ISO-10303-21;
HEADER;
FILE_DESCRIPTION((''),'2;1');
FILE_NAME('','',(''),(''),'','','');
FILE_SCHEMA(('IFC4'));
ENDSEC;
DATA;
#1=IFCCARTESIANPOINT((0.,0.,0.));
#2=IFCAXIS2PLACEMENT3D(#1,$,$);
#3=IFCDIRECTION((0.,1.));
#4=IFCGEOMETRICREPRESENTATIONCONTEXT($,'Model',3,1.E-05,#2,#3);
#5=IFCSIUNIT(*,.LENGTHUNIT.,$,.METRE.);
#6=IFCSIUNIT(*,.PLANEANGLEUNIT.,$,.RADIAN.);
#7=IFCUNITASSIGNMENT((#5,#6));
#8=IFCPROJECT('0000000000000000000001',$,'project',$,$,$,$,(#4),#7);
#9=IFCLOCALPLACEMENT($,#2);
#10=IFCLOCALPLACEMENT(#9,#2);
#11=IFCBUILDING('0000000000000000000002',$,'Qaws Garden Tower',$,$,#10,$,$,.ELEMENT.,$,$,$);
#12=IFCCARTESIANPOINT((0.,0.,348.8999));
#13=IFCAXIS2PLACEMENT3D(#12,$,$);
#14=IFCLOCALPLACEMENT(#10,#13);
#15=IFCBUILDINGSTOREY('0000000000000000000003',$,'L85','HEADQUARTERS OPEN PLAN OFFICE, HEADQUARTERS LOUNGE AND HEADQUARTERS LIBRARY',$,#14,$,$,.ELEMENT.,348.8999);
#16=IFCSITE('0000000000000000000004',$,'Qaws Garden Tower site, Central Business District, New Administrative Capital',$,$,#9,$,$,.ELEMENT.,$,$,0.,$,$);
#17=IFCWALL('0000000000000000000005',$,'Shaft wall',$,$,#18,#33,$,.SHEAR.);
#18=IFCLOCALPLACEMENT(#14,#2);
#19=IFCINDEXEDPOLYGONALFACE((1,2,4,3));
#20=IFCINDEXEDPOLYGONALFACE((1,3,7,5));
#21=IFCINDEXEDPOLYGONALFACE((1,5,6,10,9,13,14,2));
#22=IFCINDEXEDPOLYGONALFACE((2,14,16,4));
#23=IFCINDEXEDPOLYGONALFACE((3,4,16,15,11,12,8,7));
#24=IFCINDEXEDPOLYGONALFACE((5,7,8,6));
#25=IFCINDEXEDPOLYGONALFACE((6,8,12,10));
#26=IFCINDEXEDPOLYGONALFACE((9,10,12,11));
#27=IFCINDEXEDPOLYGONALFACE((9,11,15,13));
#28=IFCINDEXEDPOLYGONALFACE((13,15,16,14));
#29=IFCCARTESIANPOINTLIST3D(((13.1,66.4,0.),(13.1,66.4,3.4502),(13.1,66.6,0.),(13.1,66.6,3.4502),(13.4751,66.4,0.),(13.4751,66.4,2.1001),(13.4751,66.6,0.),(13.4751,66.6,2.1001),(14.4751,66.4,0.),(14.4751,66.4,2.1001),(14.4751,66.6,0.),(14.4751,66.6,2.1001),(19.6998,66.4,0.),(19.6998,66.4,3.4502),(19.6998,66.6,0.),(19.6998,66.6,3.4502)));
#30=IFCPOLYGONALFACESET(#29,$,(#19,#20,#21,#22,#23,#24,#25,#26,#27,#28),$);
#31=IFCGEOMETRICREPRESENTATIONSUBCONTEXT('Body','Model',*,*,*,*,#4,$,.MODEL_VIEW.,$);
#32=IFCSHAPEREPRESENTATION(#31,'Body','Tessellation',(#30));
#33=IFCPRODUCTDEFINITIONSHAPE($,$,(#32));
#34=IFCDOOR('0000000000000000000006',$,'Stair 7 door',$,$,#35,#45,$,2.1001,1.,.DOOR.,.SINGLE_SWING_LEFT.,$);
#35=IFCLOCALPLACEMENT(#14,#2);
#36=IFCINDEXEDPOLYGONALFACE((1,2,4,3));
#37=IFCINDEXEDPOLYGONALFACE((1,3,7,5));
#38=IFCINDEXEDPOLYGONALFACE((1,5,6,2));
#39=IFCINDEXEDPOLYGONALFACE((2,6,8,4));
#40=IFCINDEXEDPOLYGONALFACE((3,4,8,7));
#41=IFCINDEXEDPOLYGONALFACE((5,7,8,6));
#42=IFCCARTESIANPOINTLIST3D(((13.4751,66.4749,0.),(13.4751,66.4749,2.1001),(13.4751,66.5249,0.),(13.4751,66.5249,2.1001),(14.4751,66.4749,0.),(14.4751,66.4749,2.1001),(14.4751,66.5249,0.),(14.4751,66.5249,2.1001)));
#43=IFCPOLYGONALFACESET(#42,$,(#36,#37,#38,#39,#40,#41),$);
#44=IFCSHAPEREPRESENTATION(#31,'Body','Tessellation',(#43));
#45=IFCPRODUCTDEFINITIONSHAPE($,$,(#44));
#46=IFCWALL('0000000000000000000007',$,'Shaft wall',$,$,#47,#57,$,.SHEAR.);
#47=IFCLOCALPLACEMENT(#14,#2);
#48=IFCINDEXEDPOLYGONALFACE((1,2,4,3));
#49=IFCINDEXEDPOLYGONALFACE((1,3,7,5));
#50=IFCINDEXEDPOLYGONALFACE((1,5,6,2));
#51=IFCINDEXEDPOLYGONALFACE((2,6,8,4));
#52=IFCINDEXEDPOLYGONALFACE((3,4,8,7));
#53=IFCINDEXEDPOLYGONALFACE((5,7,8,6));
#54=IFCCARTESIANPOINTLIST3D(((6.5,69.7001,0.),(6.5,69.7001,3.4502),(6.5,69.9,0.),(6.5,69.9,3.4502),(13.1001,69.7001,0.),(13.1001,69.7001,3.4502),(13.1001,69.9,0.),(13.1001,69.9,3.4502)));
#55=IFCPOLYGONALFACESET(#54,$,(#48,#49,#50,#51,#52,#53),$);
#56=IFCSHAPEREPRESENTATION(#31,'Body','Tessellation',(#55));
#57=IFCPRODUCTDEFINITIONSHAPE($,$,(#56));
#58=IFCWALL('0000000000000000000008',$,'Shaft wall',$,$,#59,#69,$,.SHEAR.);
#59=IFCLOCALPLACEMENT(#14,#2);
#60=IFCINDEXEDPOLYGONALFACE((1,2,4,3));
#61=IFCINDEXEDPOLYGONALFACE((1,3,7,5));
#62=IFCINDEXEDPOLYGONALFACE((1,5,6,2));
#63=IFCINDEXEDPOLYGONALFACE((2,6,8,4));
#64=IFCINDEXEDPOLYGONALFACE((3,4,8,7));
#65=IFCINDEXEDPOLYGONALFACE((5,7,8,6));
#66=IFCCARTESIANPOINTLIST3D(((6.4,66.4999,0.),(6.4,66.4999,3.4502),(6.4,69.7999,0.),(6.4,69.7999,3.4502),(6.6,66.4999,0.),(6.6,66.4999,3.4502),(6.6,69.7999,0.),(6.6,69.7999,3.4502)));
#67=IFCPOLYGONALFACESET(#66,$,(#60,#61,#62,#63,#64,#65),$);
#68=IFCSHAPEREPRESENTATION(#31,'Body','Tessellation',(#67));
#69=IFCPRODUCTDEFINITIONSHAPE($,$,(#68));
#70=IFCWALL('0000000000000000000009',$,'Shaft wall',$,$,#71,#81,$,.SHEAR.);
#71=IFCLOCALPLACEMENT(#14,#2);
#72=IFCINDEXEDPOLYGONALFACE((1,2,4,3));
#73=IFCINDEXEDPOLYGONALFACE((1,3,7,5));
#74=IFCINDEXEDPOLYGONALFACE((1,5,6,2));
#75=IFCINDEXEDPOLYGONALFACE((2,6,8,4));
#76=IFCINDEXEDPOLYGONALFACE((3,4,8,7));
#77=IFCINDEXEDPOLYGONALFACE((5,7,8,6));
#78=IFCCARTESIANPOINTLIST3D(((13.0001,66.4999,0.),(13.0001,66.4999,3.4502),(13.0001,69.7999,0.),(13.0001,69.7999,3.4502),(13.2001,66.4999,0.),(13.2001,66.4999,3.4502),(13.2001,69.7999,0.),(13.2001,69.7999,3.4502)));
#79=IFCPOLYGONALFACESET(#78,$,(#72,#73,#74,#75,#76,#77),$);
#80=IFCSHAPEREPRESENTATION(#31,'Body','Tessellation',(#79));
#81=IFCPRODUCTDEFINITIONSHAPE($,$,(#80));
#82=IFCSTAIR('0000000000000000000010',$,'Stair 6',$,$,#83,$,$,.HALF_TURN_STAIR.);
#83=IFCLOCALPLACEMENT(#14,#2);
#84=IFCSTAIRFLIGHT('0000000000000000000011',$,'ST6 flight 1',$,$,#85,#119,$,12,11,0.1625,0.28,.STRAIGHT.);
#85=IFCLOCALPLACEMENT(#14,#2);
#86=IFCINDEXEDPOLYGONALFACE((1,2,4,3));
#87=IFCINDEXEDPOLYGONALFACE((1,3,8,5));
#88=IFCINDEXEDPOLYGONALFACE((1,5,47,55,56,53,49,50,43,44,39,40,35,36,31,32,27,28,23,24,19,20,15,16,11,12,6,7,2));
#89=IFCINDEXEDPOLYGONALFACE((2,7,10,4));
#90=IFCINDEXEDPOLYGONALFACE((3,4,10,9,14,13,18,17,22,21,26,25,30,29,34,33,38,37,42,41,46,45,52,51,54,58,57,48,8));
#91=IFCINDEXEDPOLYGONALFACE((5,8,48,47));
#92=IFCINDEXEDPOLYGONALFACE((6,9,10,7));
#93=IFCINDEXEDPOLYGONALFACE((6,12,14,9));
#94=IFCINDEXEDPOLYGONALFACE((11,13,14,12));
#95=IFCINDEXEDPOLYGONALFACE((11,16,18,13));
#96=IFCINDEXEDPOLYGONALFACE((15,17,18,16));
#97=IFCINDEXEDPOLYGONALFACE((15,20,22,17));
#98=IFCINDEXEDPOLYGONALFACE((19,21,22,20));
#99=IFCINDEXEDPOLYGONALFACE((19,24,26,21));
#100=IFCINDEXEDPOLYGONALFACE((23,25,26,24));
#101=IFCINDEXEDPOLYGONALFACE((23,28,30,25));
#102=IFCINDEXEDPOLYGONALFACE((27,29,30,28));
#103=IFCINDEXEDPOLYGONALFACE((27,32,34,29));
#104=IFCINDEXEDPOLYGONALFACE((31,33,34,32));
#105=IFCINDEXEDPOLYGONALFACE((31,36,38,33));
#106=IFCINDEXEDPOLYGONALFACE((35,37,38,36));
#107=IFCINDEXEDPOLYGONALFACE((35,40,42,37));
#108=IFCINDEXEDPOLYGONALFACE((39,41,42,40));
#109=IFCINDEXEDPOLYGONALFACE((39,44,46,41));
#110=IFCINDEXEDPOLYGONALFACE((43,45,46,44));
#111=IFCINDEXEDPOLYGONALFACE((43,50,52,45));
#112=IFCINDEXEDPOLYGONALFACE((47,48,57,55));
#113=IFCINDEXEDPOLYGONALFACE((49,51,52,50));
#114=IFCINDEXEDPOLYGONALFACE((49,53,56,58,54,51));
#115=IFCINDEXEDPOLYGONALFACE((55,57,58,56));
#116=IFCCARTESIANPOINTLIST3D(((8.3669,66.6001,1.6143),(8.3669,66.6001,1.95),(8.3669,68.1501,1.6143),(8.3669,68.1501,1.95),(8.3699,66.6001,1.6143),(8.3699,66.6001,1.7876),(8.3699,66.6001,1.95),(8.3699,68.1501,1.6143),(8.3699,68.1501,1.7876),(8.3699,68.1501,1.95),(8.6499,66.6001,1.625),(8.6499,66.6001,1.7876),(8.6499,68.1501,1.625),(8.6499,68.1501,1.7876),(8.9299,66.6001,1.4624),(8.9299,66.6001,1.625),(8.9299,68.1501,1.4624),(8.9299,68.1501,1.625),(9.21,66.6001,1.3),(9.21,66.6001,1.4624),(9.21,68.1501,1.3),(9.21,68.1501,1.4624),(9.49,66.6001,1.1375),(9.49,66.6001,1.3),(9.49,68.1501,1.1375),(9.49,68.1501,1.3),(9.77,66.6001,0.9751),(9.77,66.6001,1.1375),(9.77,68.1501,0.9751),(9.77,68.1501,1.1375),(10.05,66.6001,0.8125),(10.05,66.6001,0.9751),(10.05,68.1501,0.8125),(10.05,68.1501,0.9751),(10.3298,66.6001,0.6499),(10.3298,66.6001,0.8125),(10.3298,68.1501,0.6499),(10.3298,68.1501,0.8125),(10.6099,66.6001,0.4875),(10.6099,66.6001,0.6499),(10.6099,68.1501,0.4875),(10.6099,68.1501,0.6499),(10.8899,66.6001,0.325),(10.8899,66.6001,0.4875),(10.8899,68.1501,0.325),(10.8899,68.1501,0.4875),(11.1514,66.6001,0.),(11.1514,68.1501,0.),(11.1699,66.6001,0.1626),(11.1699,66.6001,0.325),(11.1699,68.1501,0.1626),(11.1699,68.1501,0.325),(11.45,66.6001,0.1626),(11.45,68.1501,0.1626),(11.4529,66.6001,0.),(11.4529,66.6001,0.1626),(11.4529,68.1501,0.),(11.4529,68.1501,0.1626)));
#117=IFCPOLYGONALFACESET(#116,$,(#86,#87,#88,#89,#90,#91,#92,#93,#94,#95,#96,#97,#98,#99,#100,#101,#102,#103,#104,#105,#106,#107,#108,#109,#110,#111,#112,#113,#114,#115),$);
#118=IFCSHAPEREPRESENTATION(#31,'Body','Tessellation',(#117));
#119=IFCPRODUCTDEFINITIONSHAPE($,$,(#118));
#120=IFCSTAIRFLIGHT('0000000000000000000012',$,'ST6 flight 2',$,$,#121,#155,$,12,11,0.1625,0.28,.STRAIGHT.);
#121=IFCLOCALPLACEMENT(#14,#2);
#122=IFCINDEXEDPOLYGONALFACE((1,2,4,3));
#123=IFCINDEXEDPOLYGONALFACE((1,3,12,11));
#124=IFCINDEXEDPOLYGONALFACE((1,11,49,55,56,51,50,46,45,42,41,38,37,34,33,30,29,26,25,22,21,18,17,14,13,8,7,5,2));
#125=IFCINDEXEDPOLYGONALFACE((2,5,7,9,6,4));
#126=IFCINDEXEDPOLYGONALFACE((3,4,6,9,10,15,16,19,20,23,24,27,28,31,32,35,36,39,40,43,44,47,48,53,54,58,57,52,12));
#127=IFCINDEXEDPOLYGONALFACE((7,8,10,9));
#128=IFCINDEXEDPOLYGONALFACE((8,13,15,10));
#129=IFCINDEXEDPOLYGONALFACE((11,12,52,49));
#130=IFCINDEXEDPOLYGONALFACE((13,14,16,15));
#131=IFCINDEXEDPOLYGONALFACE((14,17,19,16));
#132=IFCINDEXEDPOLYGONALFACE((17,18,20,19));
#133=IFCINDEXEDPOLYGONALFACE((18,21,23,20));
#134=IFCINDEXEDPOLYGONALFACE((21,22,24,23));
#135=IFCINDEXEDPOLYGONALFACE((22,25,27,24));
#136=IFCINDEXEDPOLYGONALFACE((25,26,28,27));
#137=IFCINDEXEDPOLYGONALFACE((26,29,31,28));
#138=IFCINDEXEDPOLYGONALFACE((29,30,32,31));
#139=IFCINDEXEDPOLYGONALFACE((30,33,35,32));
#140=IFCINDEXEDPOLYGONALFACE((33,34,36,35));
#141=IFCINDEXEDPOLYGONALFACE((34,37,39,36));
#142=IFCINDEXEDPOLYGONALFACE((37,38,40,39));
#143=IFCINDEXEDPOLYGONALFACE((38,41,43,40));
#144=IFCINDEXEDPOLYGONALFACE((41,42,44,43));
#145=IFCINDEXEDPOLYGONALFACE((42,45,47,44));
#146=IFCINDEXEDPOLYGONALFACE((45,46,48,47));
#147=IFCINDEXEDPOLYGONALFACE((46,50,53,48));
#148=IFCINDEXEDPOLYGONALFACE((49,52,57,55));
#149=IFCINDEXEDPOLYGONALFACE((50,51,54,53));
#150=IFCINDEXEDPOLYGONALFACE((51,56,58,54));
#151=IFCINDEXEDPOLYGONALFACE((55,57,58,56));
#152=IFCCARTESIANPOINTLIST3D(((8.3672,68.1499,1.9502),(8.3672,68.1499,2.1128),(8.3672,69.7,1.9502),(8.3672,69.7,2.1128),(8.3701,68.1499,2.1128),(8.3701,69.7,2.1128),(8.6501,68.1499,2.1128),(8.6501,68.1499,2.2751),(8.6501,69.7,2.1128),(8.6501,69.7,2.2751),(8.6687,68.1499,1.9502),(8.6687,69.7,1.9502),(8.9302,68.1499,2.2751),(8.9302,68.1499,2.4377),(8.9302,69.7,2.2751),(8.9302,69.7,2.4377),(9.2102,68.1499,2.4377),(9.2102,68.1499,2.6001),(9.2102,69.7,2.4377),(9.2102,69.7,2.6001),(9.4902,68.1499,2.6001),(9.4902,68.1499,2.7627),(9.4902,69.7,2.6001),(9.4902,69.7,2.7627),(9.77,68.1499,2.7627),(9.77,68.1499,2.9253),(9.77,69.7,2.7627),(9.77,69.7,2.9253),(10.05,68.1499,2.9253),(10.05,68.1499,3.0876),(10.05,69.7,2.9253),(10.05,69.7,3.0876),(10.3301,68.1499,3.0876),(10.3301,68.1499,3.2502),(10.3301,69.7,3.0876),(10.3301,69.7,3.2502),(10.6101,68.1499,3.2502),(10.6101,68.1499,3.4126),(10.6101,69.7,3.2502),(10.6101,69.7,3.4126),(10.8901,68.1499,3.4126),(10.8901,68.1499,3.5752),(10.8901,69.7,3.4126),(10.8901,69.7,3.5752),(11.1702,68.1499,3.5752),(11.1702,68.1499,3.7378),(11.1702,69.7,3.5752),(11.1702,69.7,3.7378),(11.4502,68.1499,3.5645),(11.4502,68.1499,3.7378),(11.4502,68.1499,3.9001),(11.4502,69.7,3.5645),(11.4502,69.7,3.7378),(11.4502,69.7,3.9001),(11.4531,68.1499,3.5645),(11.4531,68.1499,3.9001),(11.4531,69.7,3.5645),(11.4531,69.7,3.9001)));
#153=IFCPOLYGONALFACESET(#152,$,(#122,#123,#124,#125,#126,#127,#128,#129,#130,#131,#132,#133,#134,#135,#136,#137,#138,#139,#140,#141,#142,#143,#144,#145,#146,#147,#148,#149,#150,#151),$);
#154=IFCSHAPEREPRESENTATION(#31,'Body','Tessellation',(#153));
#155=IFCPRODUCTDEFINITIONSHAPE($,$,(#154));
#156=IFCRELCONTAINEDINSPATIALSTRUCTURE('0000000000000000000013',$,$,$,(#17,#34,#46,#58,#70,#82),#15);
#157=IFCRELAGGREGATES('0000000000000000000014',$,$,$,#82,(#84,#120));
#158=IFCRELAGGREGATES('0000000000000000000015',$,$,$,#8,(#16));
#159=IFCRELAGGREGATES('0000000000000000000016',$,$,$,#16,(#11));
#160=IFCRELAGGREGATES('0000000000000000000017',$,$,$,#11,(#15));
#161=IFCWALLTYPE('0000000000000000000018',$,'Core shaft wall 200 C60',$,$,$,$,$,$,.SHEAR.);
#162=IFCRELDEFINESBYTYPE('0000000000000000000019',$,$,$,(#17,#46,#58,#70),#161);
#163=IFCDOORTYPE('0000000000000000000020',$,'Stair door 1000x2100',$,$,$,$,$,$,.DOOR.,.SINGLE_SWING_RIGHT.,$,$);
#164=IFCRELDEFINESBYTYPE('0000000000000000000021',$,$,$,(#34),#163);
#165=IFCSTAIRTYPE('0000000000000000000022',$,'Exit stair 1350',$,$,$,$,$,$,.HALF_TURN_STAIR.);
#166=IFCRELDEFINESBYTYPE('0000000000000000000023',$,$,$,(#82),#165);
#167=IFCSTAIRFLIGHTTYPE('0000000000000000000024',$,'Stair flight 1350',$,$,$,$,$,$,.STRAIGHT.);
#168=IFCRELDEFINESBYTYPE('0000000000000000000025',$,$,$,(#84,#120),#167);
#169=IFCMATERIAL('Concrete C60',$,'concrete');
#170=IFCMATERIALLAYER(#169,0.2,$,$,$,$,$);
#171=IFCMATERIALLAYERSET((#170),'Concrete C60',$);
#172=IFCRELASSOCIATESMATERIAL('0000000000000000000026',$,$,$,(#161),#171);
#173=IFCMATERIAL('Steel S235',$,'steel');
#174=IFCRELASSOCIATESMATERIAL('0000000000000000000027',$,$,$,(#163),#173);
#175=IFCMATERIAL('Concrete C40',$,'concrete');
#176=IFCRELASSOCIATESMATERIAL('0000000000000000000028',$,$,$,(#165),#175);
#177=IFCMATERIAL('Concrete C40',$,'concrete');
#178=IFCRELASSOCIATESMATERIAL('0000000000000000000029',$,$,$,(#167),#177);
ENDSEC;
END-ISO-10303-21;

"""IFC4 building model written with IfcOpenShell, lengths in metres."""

from ifc_helpers import new_model, si_unit, direction, frame, frame_2d, origin, place, context, subcontext, project, spatial, polyline, rectangle, outline, extrude, material, layer, layer_set, type_object, element, fill, aggregate, save


model = new_model("IFC4")

# Units and contexts
model_context = context("Model", 3, precision=1e-05, world=origin(), true_north=direction((0.0, 1.0)))
body_context = subcontext(model_context, "Body", "Model", "MODEL_VIEW")
ifc_project = project(units=[si_unit("LENGTHUNIT", "METRE"), si_unit("PLANEANGLEUNIT", "RADIAN")], contexts=[model_context])

# Site, building, storey
site_placement = place(None, origin())
site = spatial("IfcSite", under=ifc_project, at=site_placement, Name="Qaws Garden Tower site, Central Business District, New Administrative Capital", CompositionType="ELEMENT", RefElevation=0.0)
building_placement = place(site_placement, origin())
building = spatial("IfcBuilding", under=site, at=building_placement, Name="Qaws Garden Tower", CompositionType="ELEMENT")
storey_placement = place(building_placement, frame((0.0, 0.0, 348.8999)))
storey = spatial("IfcBuildingStorey", under=building, at=storey_placement, Name="L85", Description="HEADQUARTERS OPEN PLAN OFFICE, HEADQUARTERS LOUNGE AND HEADQUARTERS LIBRARY", CompositionType="ELEMENT", Elevation=348.8999)

# Wall, opening, door
ifc_material_1 = material(Name="Concrete C60", Category="concrete")
ifc_layer_1 = layer(ifc_material_1, 0.2)
ifc_layer_set_1 = layer_set([ifc_layer_1], Name="Concrete C60")
wall_type_1 = type_object("IfcWallType", Name="Core shaft wall 200 C60", PredefinedType="SHEAR", material=ifc_layer_set_1)
ifc_material_2 = material(Name="Steel S235", Category="steel")
door_type = type_object("IfcDoorType", Name="Stair door 1000x2100", OperationType="SINGLE_SWING_RIGHT", PredefinedType="DOOR", material=ifc_material_2)
wall_1_placement = place(storey_placement, frame((13.1001, 66.5, 0.0), z_axis=(0.0, 0.0, 1.0), x_axis=(1.0, 0.0, 0.0)))
wall_1 = element("IfcWall", 1, at=wall_1_placement, inside=storey, type_object=wall_type_1, Name="Shaft wall", PredefinedType="SHEAR", context=body_context, shape_type="SweptSolid", body=[
    extrude(rectangle(XDim=6.5999, YDim=0.2, at=frame_2d((3.2998, 0.0))), origin(), (0.0, 0.0, 1.0), 3.4502),
])
opening_1_placement = place(wall_1_placement, frame((0.375, 0.0, 0.0)))
opening_1 = element("IfcOpeningElement", 2, at=opening_1_placement, cuts=wall_1, PredefinedType="OPENING", context=body_context, shape_type="SweptSolid", body=[
    extrude(rectangle(XDim=1.0, YDim=2.1001, at=frame_2d((0.5, 1.05))), frame((0.0, 0.1099, 0.0), z_axis=(0.0, -1.0, 0.0), x_axis=(1.0, 0.0, 0.0)), (0.0, 0.0, 1.0), 0.22),
])
door_1_placement = place(opening_1_placement, origin())
door_1 = element("IfcDoor", 3, at=door_1_placement, inside=storey, type_object=door_type, Name="Stair 7 door", OperationType="SINGLE_SWING_LEFT", OverallHeight=2.1001, OverallWidth=1.0, PredefinedType="DOOR", context=body_context, shape_type="SweptSolid", body=[
    extrude(rectangle(XDim=1.0, YDim=2.1001, at=frame_2d((0.5, 1.05))), frame((0.0, 0.0249, 0.0), z_axis=(0.0, -1.0, 0.0), x_axis=(1.0, 0.0, 0.0)), (0.0, 0.0, 1.0), 0.05),
])
fill(opening_1, door_1)

# Walls
wall_2_placement = place(storey_placement, frame((6.5, 69.8, 0.0), z_axis=(0.0, 0.0, 1.0), x_axis=(1.0, 0.0, 0.0)))
element("IfcWall", 4, at=wall_2_placement, inside=storey, type_object=wall_type_1, Name="Shaft wall", PredefinedType="SHEAR", context=body_context, shape_type="SweptSolid", body=[
    extrude(rectangle(XDim=6.6001, YDim=0.2, at=frame_2d((3.3, 0.0))), origin(), (0.0, 0.0, 1.0), 3.4502),
])
for number, where, z_axis, x_axis, name in (
    (5, (6.5, 66.5, 0.0), (0.0, 0.0, 1.0), (0.0, 1.0, 0.0), "Shaft wall"),
    (6, (13.1001, 66.5, 0.0), (0.0, 0.0, 1.0), (0.0, 1.0, 0.0), "Shaft wall"),
):
    element("IfcWall", number, at=place(storey_placement, frame(where, z_axis=z_axis, x_axis=x_axis)), inside=storey, type_object=wall_type_1, Name=name, PredefinedType="SHEAR", context=body_context, shape_type="SweptSolid", body=[
        extrude(rectangle(XDim=3.3, YDim=0.2, at=frame_2d((1.6499, 0.0))), origin(), (0.0, 0.0, 1.0), 3.4502),
    ])

# Stair, stair flights
ifc_material_3 = material(Name="Concrete C40", Category="concrete")
stair_type = type_object("IfcStairType", Name="Exit stair 1350", PredefinedType="HALF_TURN_STAIR", material=ifc_material_3)
stair_placement = place(storey_placement, origin())
stair = element("IfcStair", 7, at=stair_placement, inside=storey, type_object=stair_type, Name="Stair 6", PredefinedType="HALF_TURN_STAIR")
ifc_material_4 = material(Name="Concrete C40", Category="concrete")
stair_flight_type = type_object("IfcStairFlightType", Name="Stair flight 1350", PredefinedType="STRAIGHT", material=ifc_material_4)
stair_flight_1_placement = place(storey_placement, frame((11.45, 67.375, 0.0), z_axis=(0.0, 0.0, 1.0), x_axis=(-1.0, 0.0, 0.0)))
stair_flight_1 = element("IfcStairFlight", 8, at=stair_flight_1_placement, type_object=stair_flight_type, Name="ST6 flight 1", NumberOfRisers=12, NumberOfTreads=11, PredefinedType="STRAIGHT", RiserHeight=0.1625, TreadLength=0.28, context=body_context, shape_type="SweptSolid", body=[
    extrude(outline(polyline([(-0.0029, 0.0), (-0.0029, 0.1626), (0.0, 0.1626), (0.28, 0.1626), (0.28, 0.325), (0.5601, 0.325), (0.5601, 0.4875), (0.8401, 0.4875), (0.8401, 0.6499), (1.1201, 0.6499), (1.1201, 0.8125), (1.3999, 0.8125), (1.3999, 0.9751), (1.6799, 0.9751), (1.6799, 1.1375), (1.96, 1.1375), (1.96, 1.3), (2.24, 1.3), (2.24, 1.4624), (2.52, 1.4624), (2.52, 1.625), (2.8, 1.625), (2.8, 1.7876), (3.0801, 1.7876), (3.0801, 1.95), (3.083, 1.95), (3.083, 1.6143), (3.0801, 1.6143), (0.2986, 0.0), (-0.0029, 0.0)])), frame((0.0, 0.7749, 0.0), z_axis=(0.0, -1.0, 0.0), x_axis=(1.0, 0.0, 0.0)), (0.0, 0.0, 1.0), 1.55),
])
stair_flight_2_placement = place(storey_placement, frame((8.3701, 68.925, 1.9502), z_axis=(0.0, 0.0, 1.0), x_axis=(1.0, 0.0, 0.0)))
stair_flight_2 = element("IfcStairFlight", 9, at=stair_flight_2_placement, type_object=stair_flight_type, Name="ST6 flight 2", NumberOfRisers=12, NumberOfTreads=11, PredefinedType="STRAIGHT", RiserHeight=0.1625, TreadLength=0.28, context=body_context, shape_type="SweptSolid", body=[
    extrude(outline(polyline([(-0.0029, 0.0), (-0.0029, 0.1626), (0.0, 0.1626), (0.28, 0.1626), (0.28, 0.325), (0.5601, 0.325), (0.5601, 0.4875), (0.8401, 0.4875), (0.8401, 0.6499), (1.1201, 0.6499), (1.1201, 0.8125), (1.3999, 0.8125), (1.3999, 0.9751), (1.6799, 0.9751), (1.6799, 1.1375), (1.96, 1.1375), (1.96, 1.3), (2.24, 1.3), (2.24, 1.4624), (2.52, 1.4624), (2.52, 1.625), (2.8, 1.625), (2.8, 1.7876), (3.0801, 1.7876), (3.0801, 1.95), (3.083, 1.95), (3.083, 1.6143), (3.0801, 1.6143), (0.2986, 0.0), (-0.0029, 0.0)])), frame((0.0, 0.7749, 0.0), z_axis=(0.0, -1.0, 0.0), x_axis=(1.0, 0.0, 0.0)), (0.0, 0.0, 1.0), 1.55),
])
aggregate(stair, [stair_flight_1, stair_flight_2])

save(model, "model.ifc")
